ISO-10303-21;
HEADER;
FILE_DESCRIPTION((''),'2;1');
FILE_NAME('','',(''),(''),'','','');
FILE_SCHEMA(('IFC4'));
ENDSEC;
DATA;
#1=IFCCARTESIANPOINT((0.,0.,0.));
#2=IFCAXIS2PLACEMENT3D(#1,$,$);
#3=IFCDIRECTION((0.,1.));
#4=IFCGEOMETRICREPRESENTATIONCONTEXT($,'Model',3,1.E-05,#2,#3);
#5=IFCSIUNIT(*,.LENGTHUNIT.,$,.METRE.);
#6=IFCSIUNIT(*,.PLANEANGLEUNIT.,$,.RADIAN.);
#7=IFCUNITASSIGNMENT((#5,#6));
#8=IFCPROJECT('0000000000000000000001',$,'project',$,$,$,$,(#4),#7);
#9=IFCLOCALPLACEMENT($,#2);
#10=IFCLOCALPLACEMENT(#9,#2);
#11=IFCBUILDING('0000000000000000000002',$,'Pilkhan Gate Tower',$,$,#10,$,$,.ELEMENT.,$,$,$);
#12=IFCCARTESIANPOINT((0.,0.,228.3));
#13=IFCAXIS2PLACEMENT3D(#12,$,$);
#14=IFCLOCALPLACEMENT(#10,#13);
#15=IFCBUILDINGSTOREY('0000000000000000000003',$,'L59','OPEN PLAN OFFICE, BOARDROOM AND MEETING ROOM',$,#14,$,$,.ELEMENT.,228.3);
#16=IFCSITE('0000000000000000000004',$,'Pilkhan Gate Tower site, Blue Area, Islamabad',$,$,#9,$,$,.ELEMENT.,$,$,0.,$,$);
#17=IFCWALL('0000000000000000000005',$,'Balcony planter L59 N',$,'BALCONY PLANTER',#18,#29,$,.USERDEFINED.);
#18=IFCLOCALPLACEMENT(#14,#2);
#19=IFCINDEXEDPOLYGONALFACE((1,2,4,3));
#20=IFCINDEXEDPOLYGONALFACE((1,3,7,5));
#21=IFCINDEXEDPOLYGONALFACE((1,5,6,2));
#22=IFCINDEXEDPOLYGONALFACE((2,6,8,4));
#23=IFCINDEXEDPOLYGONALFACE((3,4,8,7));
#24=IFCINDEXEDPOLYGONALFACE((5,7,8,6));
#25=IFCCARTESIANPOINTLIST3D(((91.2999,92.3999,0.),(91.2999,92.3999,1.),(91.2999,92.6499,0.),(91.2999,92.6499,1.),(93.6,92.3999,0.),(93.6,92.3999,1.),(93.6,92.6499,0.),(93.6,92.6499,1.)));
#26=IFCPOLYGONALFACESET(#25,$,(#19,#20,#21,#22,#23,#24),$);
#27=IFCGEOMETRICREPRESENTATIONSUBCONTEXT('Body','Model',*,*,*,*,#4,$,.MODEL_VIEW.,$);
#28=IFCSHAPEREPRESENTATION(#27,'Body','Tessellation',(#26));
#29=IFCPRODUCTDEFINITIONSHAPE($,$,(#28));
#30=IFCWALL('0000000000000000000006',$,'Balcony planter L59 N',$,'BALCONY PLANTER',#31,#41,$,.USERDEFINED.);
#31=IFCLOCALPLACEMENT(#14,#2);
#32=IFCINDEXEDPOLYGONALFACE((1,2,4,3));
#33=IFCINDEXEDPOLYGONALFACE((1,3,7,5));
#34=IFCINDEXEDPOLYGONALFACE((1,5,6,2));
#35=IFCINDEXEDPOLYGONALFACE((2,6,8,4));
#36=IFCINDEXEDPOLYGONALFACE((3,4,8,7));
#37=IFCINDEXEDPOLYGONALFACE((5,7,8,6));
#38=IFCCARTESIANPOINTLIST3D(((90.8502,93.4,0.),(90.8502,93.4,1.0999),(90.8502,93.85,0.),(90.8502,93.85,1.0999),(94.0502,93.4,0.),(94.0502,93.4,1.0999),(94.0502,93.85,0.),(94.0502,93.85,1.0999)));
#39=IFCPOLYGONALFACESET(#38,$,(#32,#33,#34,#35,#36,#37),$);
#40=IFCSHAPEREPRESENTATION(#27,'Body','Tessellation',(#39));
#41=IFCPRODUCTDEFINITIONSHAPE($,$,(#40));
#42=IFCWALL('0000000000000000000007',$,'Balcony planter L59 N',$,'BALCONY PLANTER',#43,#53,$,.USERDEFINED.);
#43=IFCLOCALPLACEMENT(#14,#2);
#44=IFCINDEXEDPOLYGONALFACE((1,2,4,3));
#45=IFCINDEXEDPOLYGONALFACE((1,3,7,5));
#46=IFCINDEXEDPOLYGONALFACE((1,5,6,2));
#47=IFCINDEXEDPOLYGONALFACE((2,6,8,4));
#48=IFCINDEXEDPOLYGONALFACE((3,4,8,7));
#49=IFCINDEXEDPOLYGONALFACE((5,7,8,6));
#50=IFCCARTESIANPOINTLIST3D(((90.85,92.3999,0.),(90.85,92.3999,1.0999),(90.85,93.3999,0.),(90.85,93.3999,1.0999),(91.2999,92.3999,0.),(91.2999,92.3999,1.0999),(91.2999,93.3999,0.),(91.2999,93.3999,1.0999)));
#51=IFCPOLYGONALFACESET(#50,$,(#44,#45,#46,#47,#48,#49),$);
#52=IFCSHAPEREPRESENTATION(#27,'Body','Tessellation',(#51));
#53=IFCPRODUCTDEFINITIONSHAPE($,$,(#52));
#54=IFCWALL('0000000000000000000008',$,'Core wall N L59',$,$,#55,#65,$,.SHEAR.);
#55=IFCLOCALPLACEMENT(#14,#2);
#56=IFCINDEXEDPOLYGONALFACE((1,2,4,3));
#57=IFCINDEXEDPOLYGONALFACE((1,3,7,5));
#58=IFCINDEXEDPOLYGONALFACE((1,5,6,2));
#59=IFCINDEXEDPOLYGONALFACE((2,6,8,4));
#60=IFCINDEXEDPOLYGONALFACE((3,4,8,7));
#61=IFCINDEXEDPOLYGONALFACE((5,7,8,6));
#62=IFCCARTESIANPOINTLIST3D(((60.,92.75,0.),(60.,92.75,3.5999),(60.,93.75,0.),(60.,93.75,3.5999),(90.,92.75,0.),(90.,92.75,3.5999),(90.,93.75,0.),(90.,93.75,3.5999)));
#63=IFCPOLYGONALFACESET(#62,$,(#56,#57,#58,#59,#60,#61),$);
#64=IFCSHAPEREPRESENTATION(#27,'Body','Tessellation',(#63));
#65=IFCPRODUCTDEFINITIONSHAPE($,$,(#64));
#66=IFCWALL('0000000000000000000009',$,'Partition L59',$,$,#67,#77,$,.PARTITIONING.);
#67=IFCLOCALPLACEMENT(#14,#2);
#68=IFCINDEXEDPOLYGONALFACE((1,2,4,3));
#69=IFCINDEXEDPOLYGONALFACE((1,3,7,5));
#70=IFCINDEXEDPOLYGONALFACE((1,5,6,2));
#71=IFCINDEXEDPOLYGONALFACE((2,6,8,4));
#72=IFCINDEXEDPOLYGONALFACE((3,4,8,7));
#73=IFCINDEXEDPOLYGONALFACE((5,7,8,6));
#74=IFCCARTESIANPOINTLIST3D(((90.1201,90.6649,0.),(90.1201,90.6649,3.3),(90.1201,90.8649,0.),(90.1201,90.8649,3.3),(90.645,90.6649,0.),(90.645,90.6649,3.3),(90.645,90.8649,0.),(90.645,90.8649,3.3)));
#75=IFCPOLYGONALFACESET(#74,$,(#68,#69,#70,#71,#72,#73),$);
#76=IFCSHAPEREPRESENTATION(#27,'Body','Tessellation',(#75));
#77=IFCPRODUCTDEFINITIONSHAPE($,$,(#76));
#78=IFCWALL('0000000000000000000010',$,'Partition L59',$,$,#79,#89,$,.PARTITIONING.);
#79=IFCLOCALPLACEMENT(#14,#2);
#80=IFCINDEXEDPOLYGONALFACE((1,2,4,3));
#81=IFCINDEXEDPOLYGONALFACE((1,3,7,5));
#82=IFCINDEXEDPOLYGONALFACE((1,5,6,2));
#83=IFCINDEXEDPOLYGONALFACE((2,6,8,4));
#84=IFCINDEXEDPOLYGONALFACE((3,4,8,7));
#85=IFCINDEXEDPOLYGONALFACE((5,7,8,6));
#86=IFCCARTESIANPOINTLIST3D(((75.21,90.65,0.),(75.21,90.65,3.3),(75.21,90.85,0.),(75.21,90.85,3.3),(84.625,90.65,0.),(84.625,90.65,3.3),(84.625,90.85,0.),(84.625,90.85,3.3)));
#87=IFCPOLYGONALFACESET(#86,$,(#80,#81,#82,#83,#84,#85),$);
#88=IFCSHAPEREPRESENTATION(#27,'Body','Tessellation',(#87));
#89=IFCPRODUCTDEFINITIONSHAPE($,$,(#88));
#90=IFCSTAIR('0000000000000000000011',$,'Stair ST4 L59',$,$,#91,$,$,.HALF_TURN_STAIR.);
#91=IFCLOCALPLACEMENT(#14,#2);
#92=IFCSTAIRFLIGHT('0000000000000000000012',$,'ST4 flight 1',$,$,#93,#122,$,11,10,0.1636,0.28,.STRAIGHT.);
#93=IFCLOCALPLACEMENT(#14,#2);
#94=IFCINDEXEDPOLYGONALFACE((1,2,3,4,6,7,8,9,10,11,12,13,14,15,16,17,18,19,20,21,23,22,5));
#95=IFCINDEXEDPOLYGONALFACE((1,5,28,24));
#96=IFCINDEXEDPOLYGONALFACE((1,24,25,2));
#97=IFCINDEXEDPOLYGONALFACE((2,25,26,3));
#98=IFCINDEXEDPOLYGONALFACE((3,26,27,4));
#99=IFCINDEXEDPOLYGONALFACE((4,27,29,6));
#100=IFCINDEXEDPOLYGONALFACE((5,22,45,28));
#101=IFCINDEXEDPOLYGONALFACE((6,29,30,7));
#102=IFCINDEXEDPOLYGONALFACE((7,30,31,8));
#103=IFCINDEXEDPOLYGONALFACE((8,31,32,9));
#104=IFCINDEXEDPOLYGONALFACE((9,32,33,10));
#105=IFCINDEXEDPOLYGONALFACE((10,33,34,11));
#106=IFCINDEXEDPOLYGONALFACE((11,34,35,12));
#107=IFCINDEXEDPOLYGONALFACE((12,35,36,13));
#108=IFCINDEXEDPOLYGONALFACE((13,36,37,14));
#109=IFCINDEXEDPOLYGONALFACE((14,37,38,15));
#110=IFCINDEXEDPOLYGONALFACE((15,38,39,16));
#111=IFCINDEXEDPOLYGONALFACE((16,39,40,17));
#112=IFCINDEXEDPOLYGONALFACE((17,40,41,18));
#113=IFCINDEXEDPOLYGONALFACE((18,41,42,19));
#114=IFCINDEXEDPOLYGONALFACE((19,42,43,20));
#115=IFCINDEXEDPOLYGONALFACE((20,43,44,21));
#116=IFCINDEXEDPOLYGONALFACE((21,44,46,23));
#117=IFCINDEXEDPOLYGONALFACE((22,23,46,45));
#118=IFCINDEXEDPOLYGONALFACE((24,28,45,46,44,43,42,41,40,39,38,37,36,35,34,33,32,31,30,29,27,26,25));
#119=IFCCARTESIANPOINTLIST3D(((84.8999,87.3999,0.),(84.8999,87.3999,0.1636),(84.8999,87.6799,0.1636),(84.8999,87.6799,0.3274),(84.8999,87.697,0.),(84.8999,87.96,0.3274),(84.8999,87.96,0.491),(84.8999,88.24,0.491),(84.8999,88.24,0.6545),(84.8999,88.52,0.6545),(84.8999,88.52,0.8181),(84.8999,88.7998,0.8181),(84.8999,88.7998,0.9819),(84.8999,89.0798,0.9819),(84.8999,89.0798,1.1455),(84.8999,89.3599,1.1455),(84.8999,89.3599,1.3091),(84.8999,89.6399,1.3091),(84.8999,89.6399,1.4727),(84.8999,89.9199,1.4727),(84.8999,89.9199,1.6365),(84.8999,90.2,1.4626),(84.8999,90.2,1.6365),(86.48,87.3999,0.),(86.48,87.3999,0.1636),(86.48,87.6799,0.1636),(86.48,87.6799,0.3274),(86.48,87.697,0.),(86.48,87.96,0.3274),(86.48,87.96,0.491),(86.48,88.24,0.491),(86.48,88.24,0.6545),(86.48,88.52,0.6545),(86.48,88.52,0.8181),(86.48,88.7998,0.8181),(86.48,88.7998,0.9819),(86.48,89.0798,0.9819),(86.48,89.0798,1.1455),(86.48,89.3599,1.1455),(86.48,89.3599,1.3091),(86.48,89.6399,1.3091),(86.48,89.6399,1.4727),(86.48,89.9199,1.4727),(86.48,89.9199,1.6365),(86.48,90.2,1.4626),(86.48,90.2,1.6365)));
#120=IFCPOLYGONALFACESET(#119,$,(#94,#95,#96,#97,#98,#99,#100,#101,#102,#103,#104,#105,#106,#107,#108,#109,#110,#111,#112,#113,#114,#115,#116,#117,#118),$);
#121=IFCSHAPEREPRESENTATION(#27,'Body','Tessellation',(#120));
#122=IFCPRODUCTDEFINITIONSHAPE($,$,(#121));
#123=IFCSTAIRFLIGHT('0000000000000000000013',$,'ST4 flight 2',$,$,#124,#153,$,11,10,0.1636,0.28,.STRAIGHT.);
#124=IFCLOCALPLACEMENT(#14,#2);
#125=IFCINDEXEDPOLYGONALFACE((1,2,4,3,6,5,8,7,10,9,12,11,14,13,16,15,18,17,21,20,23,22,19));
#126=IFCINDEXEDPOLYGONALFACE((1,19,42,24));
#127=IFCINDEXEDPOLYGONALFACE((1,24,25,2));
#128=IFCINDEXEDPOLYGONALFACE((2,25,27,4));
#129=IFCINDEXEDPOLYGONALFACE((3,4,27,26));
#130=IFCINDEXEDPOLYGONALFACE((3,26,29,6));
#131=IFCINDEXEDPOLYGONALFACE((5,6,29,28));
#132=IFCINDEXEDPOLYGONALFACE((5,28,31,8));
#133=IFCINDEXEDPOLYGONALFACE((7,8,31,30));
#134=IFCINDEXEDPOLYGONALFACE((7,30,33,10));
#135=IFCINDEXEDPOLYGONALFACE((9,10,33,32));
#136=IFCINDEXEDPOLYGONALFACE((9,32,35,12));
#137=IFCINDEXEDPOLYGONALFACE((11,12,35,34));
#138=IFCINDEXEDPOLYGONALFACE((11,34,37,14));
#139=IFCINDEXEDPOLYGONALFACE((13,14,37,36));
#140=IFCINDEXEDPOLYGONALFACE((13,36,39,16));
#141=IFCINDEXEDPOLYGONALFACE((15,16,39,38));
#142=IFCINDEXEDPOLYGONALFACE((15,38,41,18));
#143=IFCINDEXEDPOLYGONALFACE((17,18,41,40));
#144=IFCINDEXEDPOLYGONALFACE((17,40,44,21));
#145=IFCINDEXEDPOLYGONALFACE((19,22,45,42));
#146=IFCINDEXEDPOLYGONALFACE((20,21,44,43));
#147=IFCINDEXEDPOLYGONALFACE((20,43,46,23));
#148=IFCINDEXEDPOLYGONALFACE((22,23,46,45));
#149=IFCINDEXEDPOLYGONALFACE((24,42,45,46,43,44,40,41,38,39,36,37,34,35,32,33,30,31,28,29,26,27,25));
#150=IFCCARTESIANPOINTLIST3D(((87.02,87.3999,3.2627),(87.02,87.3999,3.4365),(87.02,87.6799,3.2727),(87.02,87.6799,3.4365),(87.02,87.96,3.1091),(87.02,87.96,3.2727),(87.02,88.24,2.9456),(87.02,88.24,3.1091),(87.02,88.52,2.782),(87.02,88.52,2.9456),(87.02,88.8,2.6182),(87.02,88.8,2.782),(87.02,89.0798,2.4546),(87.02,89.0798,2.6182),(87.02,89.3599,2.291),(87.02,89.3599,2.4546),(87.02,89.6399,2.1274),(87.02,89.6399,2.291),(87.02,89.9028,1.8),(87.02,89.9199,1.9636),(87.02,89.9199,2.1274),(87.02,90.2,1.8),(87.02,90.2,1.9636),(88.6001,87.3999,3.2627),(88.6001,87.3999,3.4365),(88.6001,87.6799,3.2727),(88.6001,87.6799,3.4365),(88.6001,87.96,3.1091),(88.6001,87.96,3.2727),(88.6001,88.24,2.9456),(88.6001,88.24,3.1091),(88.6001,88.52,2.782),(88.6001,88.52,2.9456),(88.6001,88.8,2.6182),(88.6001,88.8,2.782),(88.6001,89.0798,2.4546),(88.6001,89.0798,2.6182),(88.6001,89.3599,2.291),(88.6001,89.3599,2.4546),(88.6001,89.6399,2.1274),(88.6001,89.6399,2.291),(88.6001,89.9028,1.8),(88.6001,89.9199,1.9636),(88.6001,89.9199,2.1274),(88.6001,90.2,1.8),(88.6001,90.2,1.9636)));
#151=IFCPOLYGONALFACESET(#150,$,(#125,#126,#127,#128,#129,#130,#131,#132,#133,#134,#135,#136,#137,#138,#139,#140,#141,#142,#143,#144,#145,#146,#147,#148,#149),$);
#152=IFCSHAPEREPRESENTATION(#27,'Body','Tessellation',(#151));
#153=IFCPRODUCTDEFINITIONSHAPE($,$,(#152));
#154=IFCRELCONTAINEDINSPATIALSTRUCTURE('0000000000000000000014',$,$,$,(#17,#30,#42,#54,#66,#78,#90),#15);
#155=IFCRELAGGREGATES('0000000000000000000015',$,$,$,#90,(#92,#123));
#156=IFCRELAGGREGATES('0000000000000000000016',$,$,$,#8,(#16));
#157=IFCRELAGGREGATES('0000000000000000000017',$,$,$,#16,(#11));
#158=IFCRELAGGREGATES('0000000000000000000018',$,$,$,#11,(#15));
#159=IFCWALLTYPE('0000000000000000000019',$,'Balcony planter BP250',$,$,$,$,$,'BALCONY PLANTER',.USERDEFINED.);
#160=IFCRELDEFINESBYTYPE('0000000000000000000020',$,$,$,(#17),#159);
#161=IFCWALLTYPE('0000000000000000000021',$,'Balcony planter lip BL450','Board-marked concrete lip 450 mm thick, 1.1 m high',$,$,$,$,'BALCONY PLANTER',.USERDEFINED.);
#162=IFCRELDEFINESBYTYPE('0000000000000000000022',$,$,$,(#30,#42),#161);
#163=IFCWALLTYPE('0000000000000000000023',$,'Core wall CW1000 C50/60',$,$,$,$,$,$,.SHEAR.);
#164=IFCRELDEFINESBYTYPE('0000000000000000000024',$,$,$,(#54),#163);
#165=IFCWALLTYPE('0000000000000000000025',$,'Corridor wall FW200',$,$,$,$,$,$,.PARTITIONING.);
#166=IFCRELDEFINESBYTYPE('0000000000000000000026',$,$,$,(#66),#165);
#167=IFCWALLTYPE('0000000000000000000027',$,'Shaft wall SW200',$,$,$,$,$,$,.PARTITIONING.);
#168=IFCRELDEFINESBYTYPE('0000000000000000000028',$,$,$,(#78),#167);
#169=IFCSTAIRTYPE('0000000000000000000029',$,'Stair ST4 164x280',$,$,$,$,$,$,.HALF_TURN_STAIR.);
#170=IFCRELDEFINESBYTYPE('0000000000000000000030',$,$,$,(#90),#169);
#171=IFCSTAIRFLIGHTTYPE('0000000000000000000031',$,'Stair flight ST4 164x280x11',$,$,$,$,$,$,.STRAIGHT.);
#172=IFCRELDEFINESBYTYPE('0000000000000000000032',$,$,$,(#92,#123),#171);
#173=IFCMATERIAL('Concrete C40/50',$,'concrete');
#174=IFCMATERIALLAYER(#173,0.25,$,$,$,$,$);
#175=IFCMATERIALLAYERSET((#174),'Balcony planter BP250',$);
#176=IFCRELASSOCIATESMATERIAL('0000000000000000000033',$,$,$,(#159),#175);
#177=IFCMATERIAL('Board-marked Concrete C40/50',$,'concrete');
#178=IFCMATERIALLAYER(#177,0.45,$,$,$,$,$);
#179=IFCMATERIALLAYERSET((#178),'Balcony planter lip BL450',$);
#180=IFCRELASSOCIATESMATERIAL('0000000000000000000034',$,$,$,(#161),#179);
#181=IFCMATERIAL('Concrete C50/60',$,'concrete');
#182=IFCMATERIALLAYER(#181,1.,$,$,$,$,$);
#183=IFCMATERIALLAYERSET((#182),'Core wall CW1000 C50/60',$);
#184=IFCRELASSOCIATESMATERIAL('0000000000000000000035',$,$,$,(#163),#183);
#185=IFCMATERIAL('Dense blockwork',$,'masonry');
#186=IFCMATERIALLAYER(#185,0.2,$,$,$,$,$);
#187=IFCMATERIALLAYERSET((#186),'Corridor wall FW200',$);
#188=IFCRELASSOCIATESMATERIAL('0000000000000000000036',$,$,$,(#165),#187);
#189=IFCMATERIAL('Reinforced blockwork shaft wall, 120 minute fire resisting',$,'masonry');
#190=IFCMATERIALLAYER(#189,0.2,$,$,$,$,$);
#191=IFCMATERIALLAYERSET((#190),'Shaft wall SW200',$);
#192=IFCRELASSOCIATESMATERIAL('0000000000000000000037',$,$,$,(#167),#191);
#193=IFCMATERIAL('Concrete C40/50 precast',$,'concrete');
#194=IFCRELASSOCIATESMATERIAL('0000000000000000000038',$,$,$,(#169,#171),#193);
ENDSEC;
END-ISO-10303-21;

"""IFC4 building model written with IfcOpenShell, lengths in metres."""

from ifc_helpers import new_model, si_unit, direction, frame, frame_2d, origin, place, context, subcontext, project, spatial, polyline, rectangle, outline, extrude, material, layer, layer_set, type_object, element, aggregate, save


model = new_model("IFC4")

# Units and contexts
model_context = context("Model", 3, precision=1e-05, world=origin(), true_north=direction((0.0, 1.0)))
body_context = subcontext(model_context, "Body", "Model", "MODEL_VIEW")
ifc_project = project(units=[si_unit("LENGTHUNIT", "METRE"), si_unit("PLANEANGLEUNIT", "RADIAN")], contexts=[model_context])

# Site, building, storey
site_placement = place(None, origin())
site = spatial("IfcSite", under=ifc_project, at=site_placement, Name="Pilkhan Gate Tower site, Blue Area, Islamabad", CompositionType="ELEMENT", RefElevation=0.0)
building_placement = place(site_placement, origin())
building = spatial("IfcBuilding", under=site, at=building_placement, Name="Pilkhan Gate Tower", CompositionType="ELEMENT")
storey_placement = place(building_placement, frame((0.0, 0.0, 228.3)))
storey = spatial("IfcBuildingStorey", under=building, at=storey_placement, Name="L59", Description="OPEN PLAN OFFICE, BOARDROOM AND MEETING ROOM", CompositionType="ELEMENT", Elevation=228.3)

# Shared definitions
ifc_material_1 = material(Name="Concrete C50/60", Category="concrete")

# Walls
ifc_material_2 = material(Name="Concrete C40/50", Category="concrete")
ifc_layer_1 = layer(ifc_material_2, 0.25)
ifc_layer_set_1 = layer_set([ifc_layer_1], Name="Balcony planter BP250")
wall_type_1 = type_object("IfcWallType", Name="Balcony planter BP250", ElementType="BALCONY PLANTER", PredefinedType="USERDEFINED", material=ifc_layer_set_1)
wall_1_placement = place(storey_placement, frame((91.3, 92.5249, 0.0), z_axis=(0.0, 0.0, 1.0), x_axis=(1.0, 0.0, 0.0)))
element("IfcWall", 1, at=wall_1_placement, inside=storey, type_object=wall_type_1, Name="Balcony planter L59 N", ObjectType="BALCONY PLANTER", PredefinedType="USERDEFINED", context=body_context, shape_type="SweptSolid", body=[
    extrude(rectangle(XDim=2.3, YDim=0.25, at=frame_2d((1.1499, 0.0))), origin(), (0.0, 0.0, 1.0), 1.0),
])
ifc_material_3 = material(Name="Board-marked Concrete C40/50", Category="concrete")
ifc_layer_2 = layer(ifc_material_3, 0.45)
ifc_layer_set_2 = layer_set([ifc_layer_2], Name="Balcony planter lip BL450")
wall_type_2 = type_object("IfcWallType", Name="Balcony planter lip BL450", Description="Board-marked concrete lip 450 mm thick, 1.1 m high", ElementType="BALCONY PLANTER", PredefinedType="USERDEFINED", material=ifc_layer_set_2)
wall_2_placement = place(storey_placement, frame((90.8501, 93.625, 0.0), z_axis=(0.0, 0.0, 1.0), x_axis=(1.0, 0.0, 0.0)))
element("IfcWall", 2, at=wall_2_placement, inside=storey, type_object=wall_type_2, Name="Balcony planter L59 N", ObjectType="BALCONY PLANTER", PredefinedType="USERDEFINED", context=body_context, shape_type="SweptSolid", body=[
    extrude(rectangle(XDim=3.2, YDim=0.45, at=frame_2d((1.6001, 0.0))), origin(), (0.0, 0.0, 1.0), 1.0999),
])
wall_3_placement = place(storey_placement, frame((91.075, 92.3999, 0.0), z_axis=(0.0, 0.0, 1.0), x_axis=(0.0, 1.0, 0.0)))
element("IfcWall", 3, at=wall_3_placement, inside=storey, type_object=wall_type_2, Name="Balcony planter L59 N", ObjectType="BALCONY PLANTER", PredefinedType="USERDEFINED", context=body_context, shape_type="SweptSolid", body=[
    extrude(rectangle(XDim=1.0, YDim=0.45, at=frame_2d((0.5, 0.0))), origin(), (0.0, 0.0, 1.0), 1.0999),
])
ifc_layer_3 = layer(ifc_material_1, 1.0)
ifc_layer_set_3 = layer_set([ifc_layer_3], Name="Core wall CW1000 C50/60")
wall_type_3 = type_object("IfcWallType", Name="Core wall CW1000 C50/60", PredefinedType="SHEAR", material=ifc_layer_set_3)
wall_4_placement = place(storey_placement, frame((90.0, 93.25, 0.0), z_axis=(0.0, 0.0, 1.0), x_axis=(-1.0, 0.0, 0.0)))
element("IfcWall", 4, at=wall_4_placement, inside=storey, type_object=wall_type_3, Name="Core wall N L59", PredefinedType="SHEAR", context=body_context, shape_type="SweptSolid", body=[
    extrude(rectangle(XDim=30.0, YDim=1.0, at=frame_2d((15.0, 0.0))), origin(), (0.0, 0.0, 1.0), 3.5999),
])
ifc_material_4 = material(Name="Dense blockwork", Category="masonry")
ifc_layer_4 = layer(ifc_material_4, 0.2)
ifc_layer_set_4 = layer_set([ifc_layer_4], Name="Corridor wall FW200")
wall_type_4 = type_object("IfcWallType", Name="Corridor wall FW200", PredefinedType="PARTITIONING", material=ifc_layer_set_4)
wall_5_placement = place(storey_placement, frame((90.1201, 90.7649, 0.0), z_axis=(0.0, 0.0, 1.0), x_axis=(1.0, 0.0, 0.0)))
element("IfcWall", 5, at=wall_5_placement, inside=storey, type_object=wall_type_4, Name="Partition L59", PredefinedType="PARTITIONING", context=body_context, shape_type="SweptSolid", body=[
    extrude(rectangle(XDim=0.5249, YDim=0.2, at=frame_2d((0.2625, 0.0))), origin(), (0.0, 0.0, 1.0), 3.3),
])

# Wall
ifc_material_5 = material(Name="Reinforced blockwork shaft wall, 120 minute fire resisting", Category="masonry")
ifc_layer_5 = layer(ifc_material_5, 0.2)
ifc_layer_set_5 = layer_set([ifc_layer_5], Name="Shaft wall SW200")
wall_type_5 = type_object("IfcWallType", Name="Shaft wall SW200", PredefinedType="PARTITIONING", material=ifc_layer_set_5)
wall_6_placement = place(storey_placement, frame((75.21, 90.75, 0.0), z_axis=(0.0, 0.0, 1.0), x_axis=(1.0, 0.0, 0.0)))
element("IfcWall", 6, at=wall_6_placement, inside=storey, type_object=wall_type_5, Name="Partition L59", PredefinedType="PARTITIONING", context=body_context, shape_type="SweptSolid", body=[
    extrude(rectangle(XDim=9.415, YDim=0.2, at=frame_2d((4.7075, 0.0))), origin(), (0.0, 0.0, 1.0), 3.3),
])

# Stair, stair flights
ifc_material_6 = material(Name="Concrete C40/50 precast", Category="concrete")
stair_type = type_object("IfcStairType", Name="Stair ST4 164x280", PredefinedType="HALF_TURN_STAIR", material=ifc_material_6)
stair_placement = place(storey_placement, origin())
stair = element("IfcStair", 7, at=stair_placement, inside=storey, type_object=stair_type, Name="Stair ST4 L59", PredefinedType="HALF_TURN_STAIR")
stair_flight_type = type_object("IfcStairFlightType", Name="Stair flight ST4 164x280x11", PredefinedType="STRAIGHT", material=ifc_material_6)
stair_flight_1_placement = place(storey_placement, frame((85.6899, 87.3999, 0.0), z_axis=(0.0, 0.0, 1.0), x_axis=(0.0, 1.0, 0.0)))
stair_flight_1 = element("IfcStairFlight", 8, at=stair_flight_1_placement, type_object=stair_flight_type, Name="ST4 flight 1", NumberOfRisers=11, NumberOfTreads=10, PredefinedType="STRAIGHT", RiserHeight=0.1636, TreadLength=0.28, context=body_context, shape_type="SweptSolid", body=[
    extrude(outline(polyline([(0.0, 0.0), (0.0, 0.1636), (0.28, 0.1636), (0.28, 0.3274), (0.5601, 0.3274), (0.5601, 0.491), (0.8401, 0.491), (0.8401, 0.6545), (1.1201, 0.6545), (1.1201, 0.8181), (1.3999, 0.8181), (1.3999, 0.9819), (1.6799, 0.9819), (1.6799, 1.1455), (1.96, 1.1455), (1.96, 1.3091), (2.24, 1.3091), (2.24, 1.4727), (2.52, 1.4727), (2.52, 1.6365), (2.8, 1.6365), (2.8, 1.8), (2.8, 1.4626), (0.2971, 0.0), (0.0, 0.0)])), frame((0.0, 0.79, 0.0), z_axis=(0.0, -1.0, 0.0), x_axis=(1.0, 0.0, 0.0)), (0.0, 0.0, 1.0), 1.5801),
])
stair_flight_2_placement = place(storey_placement, frame((87.8101, 90.2, 1.8), z_axis=(0.0, 0.0, 1.0), x_axis=(0.0, -1.0, 0.0)))
stair_flight_2 = element("IfcStairFlight", 9, at=stair_flight_2_placement, type_object=stair_flight_type, Name="ST4 flight 2", NumberOfRisers=11, NumberOfTreads=10, PredefinedType="STRAIGHT", RiserHeight=0.1636, TreadLength=0.28, context=body_context, shape_type="SweptSolid", body=[
    extrude(outline(polyline([(0.0, 0.0), (0.0, 0.1636), (0.28, 0.1636), (0.28, 0.3274), (0.5601, 0.3274), (0.5601, 0.491), (0.8401, 0.491), (0.8401, 0.6545), (1.1201, 0.6545), (1.1201, 0.8181), (1.3999, 0.8181), (1.3999, 0.9819), (1.6799, 0.9819), (1.6799, 1.1455), (1.96, 1.1455), (1.96, 1.3091), (2.24, 1.3091), (2.24, 1.4727), (2.52, 1.4727), (2.52, 1.6365), (2.8, 1.6365), (2.8, 1.8), (2.8, 1.4626), (0.2971, 0.0), (0.0, 0.0)])), frame((0.0, 0.79, 0.0), z_axis=(0.0, -1.0, 0.0), x_axis=(1.0, 0.0, 0.0)), (0.0, 0.0, 1.0), 1.5801),
])
aggregate(stair, [stair_flight_1, stair_flight_2])

save(model, "model.ifc")
